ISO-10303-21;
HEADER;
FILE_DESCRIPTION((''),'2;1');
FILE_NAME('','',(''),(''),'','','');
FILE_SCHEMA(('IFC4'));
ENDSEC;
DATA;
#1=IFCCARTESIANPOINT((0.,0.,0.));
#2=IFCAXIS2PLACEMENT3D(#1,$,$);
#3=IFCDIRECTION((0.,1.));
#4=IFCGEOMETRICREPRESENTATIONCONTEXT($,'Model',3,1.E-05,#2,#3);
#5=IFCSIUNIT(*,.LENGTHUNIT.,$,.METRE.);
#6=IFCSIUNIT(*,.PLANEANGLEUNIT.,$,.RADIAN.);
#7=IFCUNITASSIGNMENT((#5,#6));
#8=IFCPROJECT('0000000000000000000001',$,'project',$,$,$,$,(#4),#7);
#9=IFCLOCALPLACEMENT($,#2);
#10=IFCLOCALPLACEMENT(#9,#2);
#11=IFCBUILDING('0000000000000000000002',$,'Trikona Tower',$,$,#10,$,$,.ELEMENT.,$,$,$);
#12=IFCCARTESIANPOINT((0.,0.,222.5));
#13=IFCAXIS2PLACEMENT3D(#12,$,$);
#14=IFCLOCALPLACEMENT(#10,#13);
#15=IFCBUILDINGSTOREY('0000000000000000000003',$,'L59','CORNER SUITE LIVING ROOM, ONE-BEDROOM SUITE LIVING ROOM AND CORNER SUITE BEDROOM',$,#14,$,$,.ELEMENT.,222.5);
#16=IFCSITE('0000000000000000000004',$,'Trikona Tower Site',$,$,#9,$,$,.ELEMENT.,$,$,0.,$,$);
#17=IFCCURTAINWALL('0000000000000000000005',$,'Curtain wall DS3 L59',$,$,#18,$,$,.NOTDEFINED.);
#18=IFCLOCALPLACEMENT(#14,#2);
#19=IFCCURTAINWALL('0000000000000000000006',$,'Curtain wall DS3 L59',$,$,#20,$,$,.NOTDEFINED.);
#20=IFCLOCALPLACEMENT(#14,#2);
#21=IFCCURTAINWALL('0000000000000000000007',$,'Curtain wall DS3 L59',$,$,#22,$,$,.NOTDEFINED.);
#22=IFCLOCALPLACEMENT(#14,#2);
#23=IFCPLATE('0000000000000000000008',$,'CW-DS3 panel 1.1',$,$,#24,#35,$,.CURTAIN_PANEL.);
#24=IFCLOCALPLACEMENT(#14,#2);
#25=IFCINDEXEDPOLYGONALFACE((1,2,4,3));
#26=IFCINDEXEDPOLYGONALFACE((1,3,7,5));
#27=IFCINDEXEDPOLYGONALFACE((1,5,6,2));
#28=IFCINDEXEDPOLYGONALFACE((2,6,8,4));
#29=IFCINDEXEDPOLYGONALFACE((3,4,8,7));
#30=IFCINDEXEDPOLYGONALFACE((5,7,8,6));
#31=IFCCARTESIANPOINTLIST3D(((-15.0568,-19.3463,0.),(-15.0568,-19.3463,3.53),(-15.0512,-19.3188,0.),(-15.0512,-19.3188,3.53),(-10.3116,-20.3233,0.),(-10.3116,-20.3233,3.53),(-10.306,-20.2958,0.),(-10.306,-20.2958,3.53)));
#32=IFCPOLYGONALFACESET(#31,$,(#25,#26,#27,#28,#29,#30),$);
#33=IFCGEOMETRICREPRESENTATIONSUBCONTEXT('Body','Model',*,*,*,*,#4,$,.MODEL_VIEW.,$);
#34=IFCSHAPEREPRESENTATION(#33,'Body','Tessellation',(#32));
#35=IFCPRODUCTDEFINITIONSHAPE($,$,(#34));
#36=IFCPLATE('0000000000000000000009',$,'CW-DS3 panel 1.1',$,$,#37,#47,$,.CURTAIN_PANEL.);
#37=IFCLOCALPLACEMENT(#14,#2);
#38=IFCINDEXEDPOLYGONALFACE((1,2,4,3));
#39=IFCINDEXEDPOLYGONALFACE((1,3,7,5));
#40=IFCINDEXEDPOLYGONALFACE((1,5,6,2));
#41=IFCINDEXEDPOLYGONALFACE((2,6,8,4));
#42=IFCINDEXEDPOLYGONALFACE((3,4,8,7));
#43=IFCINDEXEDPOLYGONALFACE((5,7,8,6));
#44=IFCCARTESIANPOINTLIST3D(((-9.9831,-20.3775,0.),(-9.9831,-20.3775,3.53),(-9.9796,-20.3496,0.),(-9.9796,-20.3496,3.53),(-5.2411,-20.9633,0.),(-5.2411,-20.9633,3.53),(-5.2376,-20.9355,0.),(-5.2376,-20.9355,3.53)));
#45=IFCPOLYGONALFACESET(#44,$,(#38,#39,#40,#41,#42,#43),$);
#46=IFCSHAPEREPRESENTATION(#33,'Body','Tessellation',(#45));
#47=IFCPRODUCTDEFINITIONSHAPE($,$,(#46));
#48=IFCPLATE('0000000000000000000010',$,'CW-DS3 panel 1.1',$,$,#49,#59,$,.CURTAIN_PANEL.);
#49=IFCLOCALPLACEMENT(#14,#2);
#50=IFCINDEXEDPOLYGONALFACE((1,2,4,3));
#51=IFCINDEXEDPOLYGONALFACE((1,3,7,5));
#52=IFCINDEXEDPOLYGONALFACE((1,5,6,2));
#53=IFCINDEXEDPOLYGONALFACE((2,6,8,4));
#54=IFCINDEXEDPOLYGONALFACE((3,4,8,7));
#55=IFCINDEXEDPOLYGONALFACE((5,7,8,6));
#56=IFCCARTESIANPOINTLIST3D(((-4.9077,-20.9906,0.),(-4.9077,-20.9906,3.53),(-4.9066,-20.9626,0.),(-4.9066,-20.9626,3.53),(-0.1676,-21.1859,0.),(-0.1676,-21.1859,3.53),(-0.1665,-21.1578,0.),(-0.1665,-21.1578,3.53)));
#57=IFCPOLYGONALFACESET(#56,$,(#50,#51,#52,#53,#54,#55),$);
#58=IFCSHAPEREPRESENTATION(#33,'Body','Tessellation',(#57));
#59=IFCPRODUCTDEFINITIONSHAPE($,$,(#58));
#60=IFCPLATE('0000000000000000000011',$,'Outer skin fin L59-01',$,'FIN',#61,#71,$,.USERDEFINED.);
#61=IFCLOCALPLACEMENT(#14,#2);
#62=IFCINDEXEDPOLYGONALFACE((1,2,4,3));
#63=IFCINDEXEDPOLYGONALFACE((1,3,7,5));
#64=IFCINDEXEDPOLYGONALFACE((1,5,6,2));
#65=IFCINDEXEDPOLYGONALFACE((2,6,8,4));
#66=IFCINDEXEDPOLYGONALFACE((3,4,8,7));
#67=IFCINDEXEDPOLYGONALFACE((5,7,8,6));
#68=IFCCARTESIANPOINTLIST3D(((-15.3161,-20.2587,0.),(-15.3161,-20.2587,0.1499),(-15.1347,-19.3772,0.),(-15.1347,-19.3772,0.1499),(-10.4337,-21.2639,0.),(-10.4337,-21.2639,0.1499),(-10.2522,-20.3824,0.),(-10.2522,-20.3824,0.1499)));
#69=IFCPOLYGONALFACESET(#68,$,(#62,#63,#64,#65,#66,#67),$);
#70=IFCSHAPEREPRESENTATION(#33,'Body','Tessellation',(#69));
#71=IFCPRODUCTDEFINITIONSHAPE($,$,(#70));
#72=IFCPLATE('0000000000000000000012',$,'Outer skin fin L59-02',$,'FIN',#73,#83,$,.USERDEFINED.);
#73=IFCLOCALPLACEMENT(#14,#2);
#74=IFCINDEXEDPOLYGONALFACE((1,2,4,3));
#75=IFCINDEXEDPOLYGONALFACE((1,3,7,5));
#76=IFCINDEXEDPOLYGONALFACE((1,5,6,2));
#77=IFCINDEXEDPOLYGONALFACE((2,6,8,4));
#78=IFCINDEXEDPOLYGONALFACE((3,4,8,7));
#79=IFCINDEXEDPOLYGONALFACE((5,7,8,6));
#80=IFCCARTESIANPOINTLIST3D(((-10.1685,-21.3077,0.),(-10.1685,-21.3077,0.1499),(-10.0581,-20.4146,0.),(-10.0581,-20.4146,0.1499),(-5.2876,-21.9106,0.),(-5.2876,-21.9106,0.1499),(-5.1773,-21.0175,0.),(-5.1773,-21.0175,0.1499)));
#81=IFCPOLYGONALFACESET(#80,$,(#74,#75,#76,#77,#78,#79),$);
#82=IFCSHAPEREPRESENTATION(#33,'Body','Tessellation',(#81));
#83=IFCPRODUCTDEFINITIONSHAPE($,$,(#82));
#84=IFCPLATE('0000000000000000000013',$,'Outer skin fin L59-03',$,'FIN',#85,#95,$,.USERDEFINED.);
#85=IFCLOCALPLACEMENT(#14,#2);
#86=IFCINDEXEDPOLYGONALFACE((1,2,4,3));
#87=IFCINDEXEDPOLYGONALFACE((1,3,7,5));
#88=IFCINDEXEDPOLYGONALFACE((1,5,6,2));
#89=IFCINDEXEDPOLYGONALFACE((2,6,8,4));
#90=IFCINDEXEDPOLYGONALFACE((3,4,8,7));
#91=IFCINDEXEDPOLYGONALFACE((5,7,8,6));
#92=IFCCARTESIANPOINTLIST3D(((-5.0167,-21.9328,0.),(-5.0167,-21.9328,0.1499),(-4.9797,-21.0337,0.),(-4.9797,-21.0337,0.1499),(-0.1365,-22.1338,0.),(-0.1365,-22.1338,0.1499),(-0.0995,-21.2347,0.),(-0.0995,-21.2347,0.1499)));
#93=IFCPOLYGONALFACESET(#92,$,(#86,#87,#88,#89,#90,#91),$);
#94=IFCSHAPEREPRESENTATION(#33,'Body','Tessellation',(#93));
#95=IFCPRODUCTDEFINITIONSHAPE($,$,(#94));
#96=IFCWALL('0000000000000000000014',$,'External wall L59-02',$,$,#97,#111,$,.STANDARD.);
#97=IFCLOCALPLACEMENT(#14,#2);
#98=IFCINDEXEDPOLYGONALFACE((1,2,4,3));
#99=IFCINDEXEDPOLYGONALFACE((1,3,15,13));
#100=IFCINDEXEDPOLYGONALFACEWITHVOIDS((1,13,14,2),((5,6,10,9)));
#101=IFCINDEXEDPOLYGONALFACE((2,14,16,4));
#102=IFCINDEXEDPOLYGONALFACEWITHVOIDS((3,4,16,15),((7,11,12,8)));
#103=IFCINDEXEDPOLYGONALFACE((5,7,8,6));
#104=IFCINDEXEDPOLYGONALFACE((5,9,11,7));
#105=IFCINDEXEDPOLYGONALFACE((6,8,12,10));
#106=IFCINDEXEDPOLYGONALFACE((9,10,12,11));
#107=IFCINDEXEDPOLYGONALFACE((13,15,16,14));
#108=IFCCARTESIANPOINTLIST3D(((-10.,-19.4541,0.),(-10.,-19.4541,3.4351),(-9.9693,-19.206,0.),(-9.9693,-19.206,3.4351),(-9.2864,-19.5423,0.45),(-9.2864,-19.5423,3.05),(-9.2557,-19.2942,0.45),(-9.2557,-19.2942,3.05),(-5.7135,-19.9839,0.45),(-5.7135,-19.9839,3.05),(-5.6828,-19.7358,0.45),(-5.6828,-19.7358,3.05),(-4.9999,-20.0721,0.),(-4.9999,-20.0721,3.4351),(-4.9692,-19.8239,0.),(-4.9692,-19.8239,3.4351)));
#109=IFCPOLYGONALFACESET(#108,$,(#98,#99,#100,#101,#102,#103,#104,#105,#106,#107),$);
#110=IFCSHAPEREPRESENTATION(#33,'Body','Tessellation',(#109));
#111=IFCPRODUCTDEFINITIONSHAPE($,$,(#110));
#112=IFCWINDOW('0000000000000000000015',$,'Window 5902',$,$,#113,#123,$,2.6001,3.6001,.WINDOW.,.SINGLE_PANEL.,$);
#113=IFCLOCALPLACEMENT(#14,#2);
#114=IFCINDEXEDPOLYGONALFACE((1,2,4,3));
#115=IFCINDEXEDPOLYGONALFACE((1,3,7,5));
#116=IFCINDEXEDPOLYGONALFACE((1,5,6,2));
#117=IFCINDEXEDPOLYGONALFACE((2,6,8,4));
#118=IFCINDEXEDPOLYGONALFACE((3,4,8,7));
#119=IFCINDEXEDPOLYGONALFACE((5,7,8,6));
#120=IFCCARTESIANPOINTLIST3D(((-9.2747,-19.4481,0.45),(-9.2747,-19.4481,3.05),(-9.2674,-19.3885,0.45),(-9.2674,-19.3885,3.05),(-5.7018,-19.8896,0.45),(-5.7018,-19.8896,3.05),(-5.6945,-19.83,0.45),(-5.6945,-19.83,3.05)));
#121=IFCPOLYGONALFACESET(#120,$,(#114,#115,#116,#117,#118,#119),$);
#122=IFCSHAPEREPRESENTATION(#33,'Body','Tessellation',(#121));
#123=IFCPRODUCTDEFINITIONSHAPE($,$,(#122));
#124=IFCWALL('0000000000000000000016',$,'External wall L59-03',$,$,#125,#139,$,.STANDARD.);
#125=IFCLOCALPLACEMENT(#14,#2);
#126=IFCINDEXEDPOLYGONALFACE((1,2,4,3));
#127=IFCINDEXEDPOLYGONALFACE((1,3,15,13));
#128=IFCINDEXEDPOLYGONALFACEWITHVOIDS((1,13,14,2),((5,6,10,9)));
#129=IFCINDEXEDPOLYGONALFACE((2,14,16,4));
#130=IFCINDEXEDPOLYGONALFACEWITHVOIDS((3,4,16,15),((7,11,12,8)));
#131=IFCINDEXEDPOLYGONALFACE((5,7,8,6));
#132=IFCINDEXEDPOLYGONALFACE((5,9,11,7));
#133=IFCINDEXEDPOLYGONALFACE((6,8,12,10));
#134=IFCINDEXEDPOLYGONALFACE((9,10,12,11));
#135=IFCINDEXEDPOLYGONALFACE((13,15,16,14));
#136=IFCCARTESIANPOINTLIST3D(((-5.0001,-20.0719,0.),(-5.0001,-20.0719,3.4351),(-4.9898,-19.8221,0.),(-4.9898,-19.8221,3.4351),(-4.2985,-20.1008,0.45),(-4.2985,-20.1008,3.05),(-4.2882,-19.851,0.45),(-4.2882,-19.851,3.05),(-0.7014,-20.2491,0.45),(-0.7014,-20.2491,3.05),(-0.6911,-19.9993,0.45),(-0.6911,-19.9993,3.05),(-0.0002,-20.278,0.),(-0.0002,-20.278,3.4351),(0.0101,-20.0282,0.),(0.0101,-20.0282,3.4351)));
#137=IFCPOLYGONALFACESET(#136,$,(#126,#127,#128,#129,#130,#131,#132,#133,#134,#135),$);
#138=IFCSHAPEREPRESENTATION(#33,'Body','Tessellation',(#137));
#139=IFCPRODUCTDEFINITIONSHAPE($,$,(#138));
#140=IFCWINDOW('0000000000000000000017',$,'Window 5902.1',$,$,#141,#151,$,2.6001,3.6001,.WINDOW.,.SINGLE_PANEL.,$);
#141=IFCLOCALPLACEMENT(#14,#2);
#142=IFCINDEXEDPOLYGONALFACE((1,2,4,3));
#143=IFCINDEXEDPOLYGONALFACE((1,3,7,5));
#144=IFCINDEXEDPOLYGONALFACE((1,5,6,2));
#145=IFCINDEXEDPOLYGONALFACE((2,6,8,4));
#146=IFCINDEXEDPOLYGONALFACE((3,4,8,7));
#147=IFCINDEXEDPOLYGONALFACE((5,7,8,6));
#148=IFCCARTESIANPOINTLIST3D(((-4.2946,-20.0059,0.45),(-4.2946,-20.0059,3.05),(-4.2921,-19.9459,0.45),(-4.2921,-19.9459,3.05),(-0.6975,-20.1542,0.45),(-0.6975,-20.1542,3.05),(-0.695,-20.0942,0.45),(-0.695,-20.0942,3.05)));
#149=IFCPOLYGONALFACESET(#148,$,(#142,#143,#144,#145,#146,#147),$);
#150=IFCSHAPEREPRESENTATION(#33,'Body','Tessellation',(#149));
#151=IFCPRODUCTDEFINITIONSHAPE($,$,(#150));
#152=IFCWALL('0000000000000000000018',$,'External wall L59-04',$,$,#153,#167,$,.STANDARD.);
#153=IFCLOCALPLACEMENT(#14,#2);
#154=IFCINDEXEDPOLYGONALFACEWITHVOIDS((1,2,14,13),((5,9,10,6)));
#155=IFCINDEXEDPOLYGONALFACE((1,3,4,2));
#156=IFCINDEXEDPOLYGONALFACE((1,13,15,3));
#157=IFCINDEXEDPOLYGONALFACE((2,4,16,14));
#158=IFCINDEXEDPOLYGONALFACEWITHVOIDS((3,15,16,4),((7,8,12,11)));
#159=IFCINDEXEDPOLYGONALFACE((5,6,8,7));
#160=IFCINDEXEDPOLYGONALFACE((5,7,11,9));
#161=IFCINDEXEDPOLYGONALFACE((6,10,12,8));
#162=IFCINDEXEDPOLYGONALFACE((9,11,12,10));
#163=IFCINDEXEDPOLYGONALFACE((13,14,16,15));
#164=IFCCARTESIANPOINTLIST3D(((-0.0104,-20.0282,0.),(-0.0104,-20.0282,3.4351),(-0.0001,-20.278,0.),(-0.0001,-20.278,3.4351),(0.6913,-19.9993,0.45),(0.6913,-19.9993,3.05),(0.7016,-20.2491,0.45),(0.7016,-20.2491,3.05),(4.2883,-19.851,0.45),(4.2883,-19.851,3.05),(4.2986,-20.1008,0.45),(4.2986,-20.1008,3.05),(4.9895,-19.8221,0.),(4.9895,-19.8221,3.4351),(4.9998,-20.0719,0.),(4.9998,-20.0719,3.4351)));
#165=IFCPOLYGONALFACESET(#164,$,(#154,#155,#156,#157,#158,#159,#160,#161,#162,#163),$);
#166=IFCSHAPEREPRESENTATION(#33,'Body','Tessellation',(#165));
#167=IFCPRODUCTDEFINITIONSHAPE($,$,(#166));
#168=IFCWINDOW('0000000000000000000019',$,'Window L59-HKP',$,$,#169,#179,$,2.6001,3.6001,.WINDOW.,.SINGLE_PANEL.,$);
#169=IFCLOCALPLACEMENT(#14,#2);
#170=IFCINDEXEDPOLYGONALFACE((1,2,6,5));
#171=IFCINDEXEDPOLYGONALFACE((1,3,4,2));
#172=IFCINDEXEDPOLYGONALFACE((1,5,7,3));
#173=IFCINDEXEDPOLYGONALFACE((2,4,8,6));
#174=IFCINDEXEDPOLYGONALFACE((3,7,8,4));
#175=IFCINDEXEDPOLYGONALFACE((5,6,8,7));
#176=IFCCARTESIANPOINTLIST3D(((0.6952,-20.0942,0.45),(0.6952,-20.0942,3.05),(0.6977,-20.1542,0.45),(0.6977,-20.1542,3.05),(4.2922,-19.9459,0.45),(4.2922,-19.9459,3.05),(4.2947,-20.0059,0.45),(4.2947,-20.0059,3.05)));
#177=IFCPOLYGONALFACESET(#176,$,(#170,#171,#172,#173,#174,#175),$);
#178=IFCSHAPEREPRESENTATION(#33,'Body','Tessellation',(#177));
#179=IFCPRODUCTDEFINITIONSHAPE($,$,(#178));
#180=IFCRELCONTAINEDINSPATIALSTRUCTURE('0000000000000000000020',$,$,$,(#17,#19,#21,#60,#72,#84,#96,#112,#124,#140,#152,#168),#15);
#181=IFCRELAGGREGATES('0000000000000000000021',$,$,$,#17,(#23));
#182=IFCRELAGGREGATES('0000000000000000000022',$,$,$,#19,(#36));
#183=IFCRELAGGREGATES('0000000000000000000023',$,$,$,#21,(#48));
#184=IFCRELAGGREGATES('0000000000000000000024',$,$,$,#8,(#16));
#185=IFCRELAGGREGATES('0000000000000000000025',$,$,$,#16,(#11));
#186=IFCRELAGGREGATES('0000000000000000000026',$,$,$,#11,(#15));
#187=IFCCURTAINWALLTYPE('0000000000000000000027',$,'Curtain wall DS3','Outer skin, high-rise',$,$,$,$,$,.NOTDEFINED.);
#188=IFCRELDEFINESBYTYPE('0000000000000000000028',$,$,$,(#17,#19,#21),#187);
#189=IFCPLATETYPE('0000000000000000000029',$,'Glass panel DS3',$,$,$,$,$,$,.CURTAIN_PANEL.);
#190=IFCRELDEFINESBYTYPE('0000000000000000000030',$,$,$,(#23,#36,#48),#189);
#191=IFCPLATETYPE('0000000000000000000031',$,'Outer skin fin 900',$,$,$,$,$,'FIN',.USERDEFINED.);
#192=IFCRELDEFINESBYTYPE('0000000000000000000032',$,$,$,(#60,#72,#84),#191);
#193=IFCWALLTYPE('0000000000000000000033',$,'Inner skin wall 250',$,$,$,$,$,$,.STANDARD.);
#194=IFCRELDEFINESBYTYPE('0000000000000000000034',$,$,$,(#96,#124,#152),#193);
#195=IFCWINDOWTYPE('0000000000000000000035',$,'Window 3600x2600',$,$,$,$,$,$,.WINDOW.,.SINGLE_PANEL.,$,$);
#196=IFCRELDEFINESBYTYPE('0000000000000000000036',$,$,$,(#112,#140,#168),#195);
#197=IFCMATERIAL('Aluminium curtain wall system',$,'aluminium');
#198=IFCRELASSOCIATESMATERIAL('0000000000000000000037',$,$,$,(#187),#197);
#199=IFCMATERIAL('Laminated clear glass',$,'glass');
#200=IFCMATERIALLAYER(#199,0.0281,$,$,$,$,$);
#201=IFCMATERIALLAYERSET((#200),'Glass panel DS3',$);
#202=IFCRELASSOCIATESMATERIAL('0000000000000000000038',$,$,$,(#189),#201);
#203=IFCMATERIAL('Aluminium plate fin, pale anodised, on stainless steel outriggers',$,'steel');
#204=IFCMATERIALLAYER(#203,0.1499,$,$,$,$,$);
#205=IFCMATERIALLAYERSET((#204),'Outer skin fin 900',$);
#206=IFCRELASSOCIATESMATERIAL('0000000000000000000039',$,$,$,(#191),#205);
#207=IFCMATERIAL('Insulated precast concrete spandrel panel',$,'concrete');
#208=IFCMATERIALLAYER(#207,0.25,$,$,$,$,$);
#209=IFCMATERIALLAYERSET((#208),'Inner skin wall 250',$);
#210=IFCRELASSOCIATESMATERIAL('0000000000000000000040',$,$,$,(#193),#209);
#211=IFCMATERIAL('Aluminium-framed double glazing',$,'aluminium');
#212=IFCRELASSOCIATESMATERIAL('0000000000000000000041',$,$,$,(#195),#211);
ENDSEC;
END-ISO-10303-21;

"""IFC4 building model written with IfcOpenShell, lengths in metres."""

from ifc_helpers import new_model, si_unit, direction, frame, frame_2d, origin, origin_2d, place, context, subcontext, project, spatial, rectangle, extrude, material, layer, layer_set, type_object, element, fill, aggregate, save


model = new_model("IFC4")

# Units and contexts
model_context = context("Model", 3, precision=1e-05, world=origin(), true_north=direction((0.0, 1.0)))
body_context = subcontext(model_context, "Body", "Model", "MODEL_VIEW")
ifc_project = project(units=[si_unit("LENGTHUNIT", "METRE"), si_unit("PLANEANGLEUNIT", "RADIAN")], contexts=[model_context])

# Site, building, storey
site_placement = place(None, origin())
site = spatial("IfcSite", under=ifc_project, at=site_placement, Name="Trikona Tower Site", CompositionType="ELEMENT", RefElevation=0.0)
building_placement = place(site_placement, origin())
building = spatial("IfcBuilding", under=site, at=building_placement, Name="Trikona Tower", CompositionType="ELEMENT")
storey_placement = place(building_placement, frame((0.0, 0.0, 222.5)))
storey = spatial("IfcBuildingStorey", under=building, at=storey_placement, Name="L59", Description="CORNER SUITE LIVING ROOM, ONE-BEDROOM SUITE LIVING ROOM AND CORNER SUITE BEDROOM", CompositionType="ELEMENT", Elevation=222.5)

# Curtain wall
ifc_material_1 = material(Name="Aluminium curtain wall system", Category="aluminium")
curtain_wall_type = type_object("IfcCurtainWallType", Name="Curtain wall DS3", Description="Outer skin, high-rise", PredefinedType="NOTDEFINED", material=ifc_material_1)
curtain_wall_1_placement = place(storey_placement, origin())
curtain_wall_1 = element("IfcCurtainWall", 1, at=curtain_wall_1_placement, inside=storey, type_object=curtain_wall_type, Name="Curtain wall DS3 L59", PredefinedType="NOTDEFINED")

# Curtain walls
curtain_wall_2_placement = place(storey_placement, origin())
curtain_wall_2 = element("IfcCurtainWall", 2, at=curtain_wall_2_placement, inside=storey, type_object=curtain_wall_type, Name="Curtain wall DS3 L59", PredefinedType="NOTDEFINED")
curtain_wall_3_placement = place(storey_placement, origin())
curtain_wall_3 = element("IfcCurtainWall", 3, at=curtain_wall_3_placement, inside=storey, type_object=curtain_wall_type, Name="Curtain wall DS3 L59", PredefinedType="NOTDEFINED")

# Plates
ifc_material_2 = material(Name="Laminated clear glass", Category="glass")
ifc_layer_1 = layer(ifc_material_2, 0.0281)
ifc_layer_set_1 = layer_set([ifc_layer_1], Name="Glass panel DS3")
plate_type_1 = type_object("IfcPlateType", Name="Glass panel DS3", PredefinedType="CURTAIN_PANEL", material=ifc_layer_set_1)
plate_1_placement = place(storey_placement, frame((-12.6814, -19.821, 0.0), z_axis=(0.0, 0.0, 1.0), x_axis=(0.979457, -0.201653, 0.0)))
plate_1 = element("IfcPlate", 4, at=plate_1_placement, type_object=plate_type_1, Name="CW-DS3 panel 1.1", PredefinedType="CURTAIN_PANEL", context=body_context, shape_type="SweptSolid", body=[
    extrude(rectangle(XDim=4.8447, YDim=0.0281, at=origin_2d()), origin(), (0.0, 0.0, 1.0), 3.53),
])
aggregate(curtain_wall_1, [plate_1])
plate_2_placement = place(storey_placement, frame((-7.6104, -20.6565, 0.0), z_axis=(0.0, 0.0, 1.0), x_axis=(0.992455, -0.122611, 0.0)))
plate_2 = element("IfcPlate", 5, at=plate_2_placement, type_object=plate_type_1, Name="CW-DS3 panel 1.1", PredefinedType="CURTAIN_PANEL", context=body_context, shape_type="SweptSolid", body=[
    extrude(rectangle(XDim=4.7781, YDim=0.0281, at=origin_2d()), origin(), (0.0, 0.0, 1.0), 3.53),
])
aggregate(curtain_wall_2, [plate_2])
plate_3_placement = place(storey_placement, frame((-2.5371, -21.0742, 0.0), z_axis=(0.0, 0.0, 1.0), x_axis=(0.999153, -0.041153, 0.0)))
plate_3 = element("IfcPlate", 6, at=plate_3_placement, type_object=plate_type_1, Name="CW-DS3 panel 1.1", PredefinedType="CURTAIN_PANEL", context=body_context, shape_type="SweptSolid", body=[
    extrude(rectangle(XDim=4.7441, YDim=0.0281, at=origin_2d()), origin(), (0.0, 0.0, 1.0), 3.53),
])
aggregate(curtain_wall_3, [plate_3])

# Plates
ifc_material_3 = material(Name="Aluminium plate fin, pale anodised, on stainless steel outriggers", Category="steel")
ifc_layer_2 = layer(ifc_material_3, 0.1499)
ifc_layer_set_2 = layer_set([ifc_layer_2], Name="Outer skin fin 900")
plate_type_2 = type_object("IfcPlateType", Name="Outer skin fin 900", ElementType="FIN", PredefinedType="USERDEFINED", material=ifc_layer_set_2)
plate_4_placement = place(storey_placement, frame((-12.7842, -20.3206, 0.0), z_axis=(0.0, 0.0, 1.0), x_axis=(0.979458, -0.201651, 0.0)))
element("IfcPlate", 7, at=plate_4_placement, inside=storey, type_object=plate_type_2, Name="Outer skin fin L59-01", ObjectType="FIN", PredefinedType="USERDEFINED", context=body_context, shape_type="SweptSolid", body=[
    extrude(rectangle(XDim=4.9849, YDim=0.8999, at=origin_2d()), origin(), (0.0, 0.0, 1.0), 0.1499),
])
plate_5_placement = place(storey_placement, frame((-7.6729, -21.1626, 0.0), z_axis=(0.0, 0.0, 1.0), x_axis=(0.992455, -0.122607, 0.0)))
element("IfcPlate", 8, at=plate_5_placement, inside=storey, type_object=plate_type_2, Name="Outer skin fin L59-02", ObjectType="FIN", PredefinedType="USERDEFINED", context=body_context, shape_type="SweptSolid", body=[
    extrude(rectangle(XDim=4.918, YDim=0.8999, at=origin_2d()), origin(), (0.0, 0.0, 1.0), 0.1499),
])
plate_6_placement = place(storey_placement, frame((-2.5581, -21.5837, 0.0), z_axis=(0.0, 0.0, 1.0), x_axis=(0.999153, -0.041145, 0.0)))
element("IfcPlate", 9, at=plate_6_placement, inside=storey, type_object=plate_type_2, Name="Outer skin fin L59-03", ObjectType="FIN", PredefinedType="USERDEFINED", context=body_context, shape_type="SweptSolid", body=[
    extrude(rectangle(XDim=4.8843, YDim=0.8999, at=origin_2d()), origin(), (0.0, 0.0, 1.0), 0.1499),
])

# Walls, openings, windows
ifc_material_4 = material(Name="Insulated precast concrete spandrel panel", Category="concrete")
ifc_layer_3 = layer(ifc_material_4, 0.25)
ifc_layer_set_3 = layer_set([ifc_layer_3], Name="Inner skin wall 250")
wall_type = type_object("IfcWallType", Name="Inner skin wall 250", PredefinedType="STANDARD", material=ifc_layer_set_3)
wall_1_placement = place(storey_placement, frame((-9.9846, -19.3301, 0.0), z_axis=(0.0, 0.0, 1.0), x_axis=(0.99245, -0.122651, 0.0)))
wall_1 = element("IfcWall", 10, at=wall_1_placement, inside=storey, type_object=wall_type, Name="External wall L59-02", PredefinedType="STANDARD", context=body_context, shape_type="SweptSolid", body=[
    extrude(rectangle(XDim=5.0381, YDim=0.25, at=frame_2d((2.519, 0.0))), origin(), (0.0, 0.0, 1.0), 3.4351),
])
opening_1_placement = place(wall_1_placement, frame((0.719, 0.0, 0.45)))
opening_1 = element("IfcOpeningElement", 11, at=opening_1_placement, cuts=wall_1, PredefinedType="OPENING", context=body_context, shape_type="SweptSolid", body=[
    extrude(rectangle(XDim=3.6001, YDim=2.6001, at=frame_2d((1.8, 1.3))), frame((0.0, 0.135, 0.0), z_axis=(0.0, -1.0, 0.0), x_axis=(1.0, 0.0, 0.0)), (0.0, 0.0, 1.0), 0.27),
])
ifc_material_5 = material(Name="Aluminium-framed double glazing", Category="aluminium")
window_type = type_object("IfcWindowType", Name="Window 3600x2600", PartitioningType="SINGLE_PANEL", PredefinedType="WINDOW", material=ifc_material_5)
window_1_placement = place(opening_1_placement, origin())
window_1 = element("IfcWindow", 12, at=window_1_placement, inside=storey, type_object=window_type, Name="Window 5902", OverallHeight=2.6001, OverallWidth=3.6001, PartitioningType="SINGLE_PANEL", PredefinedType="WINDOW", context=body_context, shape_type="SweptSolid", body=[
    extrude(rectangle(XDim=3.6001, YDim=2.6001, at=frame_2d((1.8, 1.3))), frame((0.0, 0.03, 0.0), z_axis=(0.0, -1.0, 0.0), x_axis=(1.0, 0.0, 0.0)), (0.0, 0.0, 1.0), 0.0601),
])
fill(opening_1, window_1)
wall_2_placement = place(storey_placement, frame((-4.9949, -19.947, 0.0), z_axis=(0.0, 0.0, 1.0), x_axis=(0.999152, -0.041176, 0.0)))
wall_2 = element("IfcWall", 13, at=wall_2_placement, inside=storey, type_object=wall_type, Name="External wall L59-03", PredefinedType="STANDARD", context=body_context, shape_type="SweptSolid", body=[
    extrude(rectangle(XDim=5.0042, YDim=0.25, at=frame_2d((2.502, 0.0))), origin(), (0.0, 0.0, 1.0), 3.4351),
])
opening_2_placement = place(wall_2_placement, frame((0.7021, 0.0, 0.45)))
opening_2 = element("IfcOpeningElement", 14, at=opening_2_placement, cuts=wall_2, PredefinedType="OPENING", context=body_context, shape_type="SweptSolid", body=[
    extrude(rectangle(XDim=3.6001, YDim=2.6001, at=frame_2d((1.8, 1.3))), frame((0.0, 0.135, 0.0), z_axis=(0.0, -1.0, 0.0), x_axis=(1.0, 0.0, 0.0)), (0.0, 0.0, 1.0), 0.27),
])
window_2_placement = place(opening_2_placement, origin())
window_2 = element("IfcWindow", 15, at=window_2_placement, inside=storey, type_object=window_type, Name="Window 5902.1", OverallHeight=2.6001, OverallWidth=3.6001, PartitioningType="SINGLE_PANEL", PredefinedType="WINDOW", context=body_context, shape_type="SweptSolid", body=[
    extrude(rectangle(XDim=3.6001, YDim=2.6001, at=frame_2d((1.8, 1.3))), frame((0.0, 0.03, 0.0), z_axis=(0.0, -1.0, 0.0), x_axis=(1.0, 0.0, 0.0)), (0.0, 0.0, 1.0), 0.0601),
])
fill(opening_2, window_2)
wall_3_placement = place(storey_placement, frame((-0.0051, -20.1531, 0.0), z_axis=(0.0, 0.0, 1.0), x_axis=(0.999152, 0.041176, 0.0)))
wall_3 = element("IfcWall", 16, at=wall_3_placement, inside=storey, type_object=wall_type, Name="External wall L59-04", PredefinedType="STANDARD", context=body_context, shape_type="SweptSolid", body=[
    extrude(rectangle(XDim=5.0042, YDim=0.25, at=frame_2d((2.502, 0.0))), origin(), (0.0, 0.0, 1.0), 3.4351),
])
opening_3_placement = place(wall_3_placement, frame((0.7021, 0.0, 0.45)))
opening_3 = element("IfcOpeningElement", 17, at=opening_3_placement, cuts=wall_3, PredefinedType="OPENING", context=body_context, shape_type="SweptSolid", body=[
    extrude(rectangle(XDim=3.6001, YDim=2.6001, at=frame_2d((1.8, 1.3))), frame((0.0, 0.135, 0.0), z_axis=(0.0, -1.0, 0.0), x_axis=(1.0, 0.0, 0.0)), (0.0, 0.0, 1.0), 0.27),
])
window_3_placement = place(opening_3_placement, origin())
window_3 = element("IfcWindow", 18, at=window_3_placement, inside=storey, type_object=window_type, Name="Window L59-HKP", OverallHeight=2.6001, OverallWidth=3.6001, PartitioningType="SINGLE_PANEL", PredefinedType="WINDOW", context=body_context, shape_type="SweptSolid", body=[
    extrude(rectangle(XDim=3.6001, YDim=2.6001, at=frame_2d((1.8, 1.3))), frame((0.0, 0.03, 0.0), z_axis=(0.0, -1.0, 0.0), x_axis=(1.0, 0.0, 0.0)), (0.0, 0.0, 1.0), 0.0601),
])
fill(opening_3, window_3)

save(model, "model.ifc")
